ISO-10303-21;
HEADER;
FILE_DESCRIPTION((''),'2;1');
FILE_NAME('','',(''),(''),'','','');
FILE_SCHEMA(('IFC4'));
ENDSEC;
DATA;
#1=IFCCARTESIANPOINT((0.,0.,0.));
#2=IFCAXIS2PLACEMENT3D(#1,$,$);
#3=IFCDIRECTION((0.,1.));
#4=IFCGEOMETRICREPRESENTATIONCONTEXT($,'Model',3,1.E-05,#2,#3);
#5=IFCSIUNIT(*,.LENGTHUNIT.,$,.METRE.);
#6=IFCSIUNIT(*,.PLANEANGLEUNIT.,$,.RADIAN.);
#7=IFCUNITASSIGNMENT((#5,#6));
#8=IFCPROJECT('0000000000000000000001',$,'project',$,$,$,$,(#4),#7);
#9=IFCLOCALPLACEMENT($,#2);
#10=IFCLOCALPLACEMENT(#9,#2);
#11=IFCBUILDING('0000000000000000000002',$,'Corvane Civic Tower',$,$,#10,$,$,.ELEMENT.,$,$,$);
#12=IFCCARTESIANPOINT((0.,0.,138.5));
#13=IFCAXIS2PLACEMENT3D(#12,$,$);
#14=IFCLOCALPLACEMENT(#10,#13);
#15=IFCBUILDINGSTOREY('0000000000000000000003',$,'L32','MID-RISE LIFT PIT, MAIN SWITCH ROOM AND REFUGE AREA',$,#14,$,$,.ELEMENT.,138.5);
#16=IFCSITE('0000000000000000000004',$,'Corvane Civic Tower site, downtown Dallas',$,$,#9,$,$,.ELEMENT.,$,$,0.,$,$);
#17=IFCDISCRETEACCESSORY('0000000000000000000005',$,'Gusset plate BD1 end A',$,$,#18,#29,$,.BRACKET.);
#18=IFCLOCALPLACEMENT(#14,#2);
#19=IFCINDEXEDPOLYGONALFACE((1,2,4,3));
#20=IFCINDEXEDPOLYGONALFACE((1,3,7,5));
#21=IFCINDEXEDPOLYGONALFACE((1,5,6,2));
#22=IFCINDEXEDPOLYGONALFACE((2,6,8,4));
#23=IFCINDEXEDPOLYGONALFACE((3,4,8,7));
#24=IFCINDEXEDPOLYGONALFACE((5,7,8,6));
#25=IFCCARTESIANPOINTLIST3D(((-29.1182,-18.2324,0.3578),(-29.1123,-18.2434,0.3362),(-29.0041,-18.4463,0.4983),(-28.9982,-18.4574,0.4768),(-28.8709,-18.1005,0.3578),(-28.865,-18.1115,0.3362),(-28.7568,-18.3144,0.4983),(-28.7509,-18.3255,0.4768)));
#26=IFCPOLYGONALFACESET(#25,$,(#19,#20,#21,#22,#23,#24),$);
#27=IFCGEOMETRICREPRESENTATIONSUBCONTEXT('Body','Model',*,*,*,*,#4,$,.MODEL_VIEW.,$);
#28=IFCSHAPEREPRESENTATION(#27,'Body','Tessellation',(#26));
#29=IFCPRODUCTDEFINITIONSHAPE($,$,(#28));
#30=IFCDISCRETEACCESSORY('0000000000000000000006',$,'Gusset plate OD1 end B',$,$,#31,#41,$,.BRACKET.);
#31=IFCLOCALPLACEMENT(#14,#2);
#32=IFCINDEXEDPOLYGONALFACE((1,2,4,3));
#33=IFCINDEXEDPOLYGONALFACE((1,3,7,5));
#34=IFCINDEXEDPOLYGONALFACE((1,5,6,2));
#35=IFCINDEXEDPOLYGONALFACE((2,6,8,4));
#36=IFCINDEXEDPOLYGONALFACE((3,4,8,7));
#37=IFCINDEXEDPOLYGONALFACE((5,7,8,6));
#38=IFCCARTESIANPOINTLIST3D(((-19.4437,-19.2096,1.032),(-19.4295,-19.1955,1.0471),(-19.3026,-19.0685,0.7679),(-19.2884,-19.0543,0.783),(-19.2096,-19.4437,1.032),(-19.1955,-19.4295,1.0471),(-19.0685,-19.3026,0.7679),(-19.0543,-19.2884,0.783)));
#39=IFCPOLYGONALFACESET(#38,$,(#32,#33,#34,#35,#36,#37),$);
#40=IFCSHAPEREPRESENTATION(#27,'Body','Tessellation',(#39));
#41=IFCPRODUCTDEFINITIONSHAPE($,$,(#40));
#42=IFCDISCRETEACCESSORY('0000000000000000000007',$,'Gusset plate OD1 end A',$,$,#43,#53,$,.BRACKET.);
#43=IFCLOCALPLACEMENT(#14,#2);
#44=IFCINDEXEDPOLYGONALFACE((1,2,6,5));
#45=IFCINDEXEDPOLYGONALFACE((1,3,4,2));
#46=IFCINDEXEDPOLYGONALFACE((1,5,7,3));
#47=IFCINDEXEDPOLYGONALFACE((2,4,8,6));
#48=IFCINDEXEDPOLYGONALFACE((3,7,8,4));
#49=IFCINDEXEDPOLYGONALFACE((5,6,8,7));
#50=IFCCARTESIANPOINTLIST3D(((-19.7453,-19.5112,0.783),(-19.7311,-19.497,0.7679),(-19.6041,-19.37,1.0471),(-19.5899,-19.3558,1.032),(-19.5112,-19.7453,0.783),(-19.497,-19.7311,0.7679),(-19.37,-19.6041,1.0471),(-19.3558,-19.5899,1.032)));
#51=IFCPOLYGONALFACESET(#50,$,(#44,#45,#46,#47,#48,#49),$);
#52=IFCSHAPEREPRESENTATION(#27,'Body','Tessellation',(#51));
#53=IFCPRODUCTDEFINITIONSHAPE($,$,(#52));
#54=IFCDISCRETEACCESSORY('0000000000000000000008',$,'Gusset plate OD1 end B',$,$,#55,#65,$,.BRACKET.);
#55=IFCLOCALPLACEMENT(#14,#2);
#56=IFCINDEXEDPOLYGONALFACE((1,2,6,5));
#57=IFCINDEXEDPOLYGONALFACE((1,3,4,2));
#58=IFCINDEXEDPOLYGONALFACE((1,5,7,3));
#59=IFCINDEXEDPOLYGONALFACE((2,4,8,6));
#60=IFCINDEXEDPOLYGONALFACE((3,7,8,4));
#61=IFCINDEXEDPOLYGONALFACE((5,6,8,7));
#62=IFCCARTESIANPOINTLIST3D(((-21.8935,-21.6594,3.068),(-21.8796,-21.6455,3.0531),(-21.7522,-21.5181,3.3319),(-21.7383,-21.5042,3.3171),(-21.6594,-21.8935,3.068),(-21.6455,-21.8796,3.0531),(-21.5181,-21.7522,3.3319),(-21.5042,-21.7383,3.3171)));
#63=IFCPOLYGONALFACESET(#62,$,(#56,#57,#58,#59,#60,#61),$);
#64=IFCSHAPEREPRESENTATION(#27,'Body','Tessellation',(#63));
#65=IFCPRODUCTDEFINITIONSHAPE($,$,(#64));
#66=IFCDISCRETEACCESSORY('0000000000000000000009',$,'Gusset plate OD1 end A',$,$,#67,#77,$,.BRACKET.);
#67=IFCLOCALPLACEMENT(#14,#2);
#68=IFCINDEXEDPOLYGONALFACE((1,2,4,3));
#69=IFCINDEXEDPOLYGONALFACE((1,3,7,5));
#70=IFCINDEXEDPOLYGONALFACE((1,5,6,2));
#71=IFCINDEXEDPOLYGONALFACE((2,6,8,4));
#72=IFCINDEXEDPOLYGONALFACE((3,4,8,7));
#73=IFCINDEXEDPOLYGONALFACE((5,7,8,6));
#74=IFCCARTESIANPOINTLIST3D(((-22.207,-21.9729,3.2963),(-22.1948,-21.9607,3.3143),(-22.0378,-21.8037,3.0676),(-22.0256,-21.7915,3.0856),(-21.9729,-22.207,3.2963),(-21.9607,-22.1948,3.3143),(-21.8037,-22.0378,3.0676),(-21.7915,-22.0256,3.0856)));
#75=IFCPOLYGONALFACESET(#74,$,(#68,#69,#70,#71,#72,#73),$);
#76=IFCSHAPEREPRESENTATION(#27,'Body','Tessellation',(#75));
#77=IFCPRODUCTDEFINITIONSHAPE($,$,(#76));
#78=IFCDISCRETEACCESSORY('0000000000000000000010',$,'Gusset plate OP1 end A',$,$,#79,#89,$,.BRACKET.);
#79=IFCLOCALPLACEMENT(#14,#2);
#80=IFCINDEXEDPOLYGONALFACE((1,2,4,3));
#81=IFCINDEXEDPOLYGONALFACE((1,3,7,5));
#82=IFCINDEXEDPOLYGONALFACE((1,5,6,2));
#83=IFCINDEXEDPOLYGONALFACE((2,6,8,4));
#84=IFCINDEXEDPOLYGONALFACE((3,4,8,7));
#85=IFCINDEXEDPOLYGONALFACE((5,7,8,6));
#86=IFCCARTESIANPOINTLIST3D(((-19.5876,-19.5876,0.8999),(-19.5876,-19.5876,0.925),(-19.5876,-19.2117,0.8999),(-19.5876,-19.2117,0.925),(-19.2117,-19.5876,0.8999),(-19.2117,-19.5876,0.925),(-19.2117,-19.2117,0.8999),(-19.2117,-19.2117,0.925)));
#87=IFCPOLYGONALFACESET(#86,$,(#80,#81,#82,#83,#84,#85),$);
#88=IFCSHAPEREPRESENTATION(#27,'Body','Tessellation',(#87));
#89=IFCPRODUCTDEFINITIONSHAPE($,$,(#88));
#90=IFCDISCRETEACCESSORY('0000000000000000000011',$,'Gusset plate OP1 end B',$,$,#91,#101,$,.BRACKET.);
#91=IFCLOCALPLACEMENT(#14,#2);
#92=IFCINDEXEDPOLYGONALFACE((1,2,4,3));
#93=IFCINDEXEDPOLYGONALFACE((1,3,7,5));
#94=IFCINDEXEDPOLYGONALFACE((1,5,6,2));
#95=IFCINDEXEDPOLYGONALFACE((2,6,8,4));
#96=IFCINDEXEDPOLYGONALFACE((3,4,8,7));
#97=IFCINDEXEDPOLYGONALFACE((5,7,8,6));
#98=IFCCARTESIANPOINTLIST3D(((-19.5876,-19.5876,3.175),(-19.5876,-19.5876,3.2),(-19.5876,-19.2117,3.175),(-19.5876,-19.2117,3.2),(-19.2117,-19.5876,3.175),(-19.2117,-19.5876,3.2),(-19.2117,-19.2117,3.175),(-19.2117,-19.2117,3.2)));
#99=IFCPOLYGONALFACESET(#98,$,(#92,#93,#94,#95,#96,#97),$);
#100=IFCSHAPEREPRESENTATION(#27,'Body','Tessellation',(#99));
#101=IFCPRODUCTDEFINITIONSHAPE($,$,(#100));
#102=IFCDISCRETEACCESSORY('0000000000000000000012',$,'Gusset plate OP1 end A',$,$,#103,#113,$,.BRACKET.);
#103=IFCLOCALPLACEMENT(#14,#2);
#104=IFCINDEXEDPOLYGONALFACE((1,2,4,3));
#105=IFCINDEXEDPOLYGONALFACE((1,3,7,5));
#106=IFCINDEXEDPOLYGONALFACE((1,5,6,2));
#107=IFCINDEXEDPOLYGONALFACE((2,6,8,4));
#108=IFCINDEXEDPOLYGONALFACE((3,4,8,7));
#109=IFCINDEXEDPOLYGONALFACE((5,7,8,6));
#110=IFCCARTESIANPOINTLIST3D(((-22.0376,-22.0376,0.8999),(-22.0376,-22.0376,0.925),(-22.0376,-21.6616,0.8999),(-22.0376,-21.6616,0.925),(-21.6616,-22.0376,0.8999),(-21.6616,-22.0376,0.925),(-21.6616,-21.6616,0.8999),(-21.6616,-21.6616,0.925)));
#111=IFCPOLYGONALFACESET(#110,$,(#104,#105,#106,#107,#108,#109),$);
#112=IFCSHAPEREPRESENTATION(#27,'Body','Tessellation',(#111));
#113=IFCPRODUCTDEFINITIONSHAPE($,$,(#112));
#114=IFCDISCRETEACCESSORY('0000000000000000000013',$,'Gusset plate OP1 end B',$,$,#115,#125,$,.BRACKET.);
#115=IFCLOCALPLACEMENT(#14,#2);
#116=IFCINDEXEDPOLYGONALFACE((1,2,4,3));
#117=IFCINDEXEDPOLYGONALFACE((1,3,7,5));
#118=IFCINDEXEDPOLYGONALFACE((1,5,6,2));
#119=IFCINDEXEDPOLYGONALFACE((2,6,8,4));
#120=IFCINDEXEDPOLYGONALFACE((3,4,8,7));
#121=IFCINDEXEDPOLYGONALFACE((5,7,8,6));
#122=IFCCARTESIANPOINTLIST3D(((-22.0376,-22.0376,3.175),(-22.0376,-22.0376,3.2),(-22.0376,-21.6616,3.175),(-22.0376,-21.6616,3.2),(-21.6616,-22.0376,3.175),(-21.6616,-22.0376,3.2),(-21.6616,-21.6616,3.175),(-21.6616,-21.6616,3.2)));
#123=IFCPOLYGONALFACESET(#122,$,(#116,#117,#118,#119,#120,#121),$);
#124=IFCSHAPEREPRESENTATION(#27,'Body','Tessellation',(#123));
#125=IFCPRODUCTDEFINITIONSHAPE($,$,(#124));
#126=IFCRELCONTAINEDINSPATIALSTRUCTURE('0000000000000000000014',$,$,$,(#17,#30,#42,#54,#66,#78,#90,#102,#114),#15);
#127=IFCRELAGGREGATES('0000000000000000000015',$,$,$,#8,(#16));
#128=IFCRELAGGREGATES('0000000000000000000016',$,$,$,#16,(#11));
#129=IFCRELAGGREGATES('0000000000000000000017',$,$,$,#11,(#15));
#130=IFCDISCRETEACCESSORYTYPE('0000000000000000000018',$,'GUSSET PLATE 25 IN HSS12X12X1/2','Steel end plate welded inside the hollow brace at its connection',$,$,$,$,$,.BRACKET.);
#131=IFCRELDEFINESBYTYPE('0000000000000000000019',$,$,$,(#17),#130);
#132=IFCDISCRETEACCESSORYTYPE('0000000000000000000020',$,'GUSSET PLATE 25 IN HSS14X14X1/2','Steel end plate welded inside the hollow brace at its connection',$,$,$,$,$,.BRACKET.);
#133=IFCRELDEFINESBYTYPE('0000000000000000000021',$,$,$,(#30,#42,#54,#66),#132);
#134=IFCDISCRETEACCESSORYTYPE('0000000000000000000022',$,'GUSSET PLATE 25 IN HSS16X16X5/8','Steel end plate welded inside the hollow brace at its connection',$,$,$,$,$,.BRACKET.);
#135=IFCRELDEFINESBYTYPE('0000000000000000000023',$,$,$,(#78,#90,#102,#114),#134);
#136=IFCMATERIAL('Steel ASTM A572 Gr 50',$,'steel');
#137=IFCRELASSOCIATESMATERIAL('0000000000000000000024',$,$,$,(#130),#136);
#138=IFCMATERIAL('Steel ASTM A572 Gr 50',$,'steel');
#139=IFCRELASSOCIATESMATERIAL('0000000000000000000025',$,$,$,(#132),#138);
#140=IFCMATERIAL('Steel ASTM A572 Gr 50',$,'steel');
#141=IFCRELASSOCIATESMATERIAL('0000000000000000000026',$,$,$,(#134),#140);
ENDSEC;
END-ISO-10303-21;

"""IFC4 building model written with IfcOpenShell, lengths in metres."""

from ifc_helpers import new_model, si_unit, direction, frame, origin, origin_2d, place, context, subcontext, project, spatial, rectangle, extrude, material, material_profile, profile_set, type_object, element, save


model = new_model("IFC4")

# Units and contexts
model_context = context("Model", 3, precision=1e-05, world=origin(), true_north=direction((0.0, 1.0)))
body_context = subcontext(model_context, "Body", "Model", "MODEL_VIEW")
ifc_project = project(units=[si_unit("LENGTHUNIT", "METRE"), si_unit("PLANEANGLEUNIT", "RADIAN")], contexts=[model_context])

# Site, building, storey
site_placement = place(None, origin())
site = spatial("IfcSite", under=ifc_project, at=site_placement, Name="Corvane Civic Tower site, downtown Dallas", CompositionType="ELEMENT", RefElevation=0.0)
building_placement = place(site_placement, origin())
building = spatial("IfcBuilding", under=site, at=building_placement, Name="Corvane Civic Tower", CompositionType="ELEMENT")
storey_placement = place(building_placement, frame((0.0, 0.0, 138.5)))
storey = spatial("IfcBuildingStorey", under=building, at=storey_placement, Name="L32", Description="MID-RISE LIFT PIT, MAIN SWITCH ROOM AND REFUGE AREA", CompositionType="ELEMENT", Elevation=138.5)

# Discrete accessories
ifc_material_1 = material(Name="Steel ASTM A572 Gr 50", Category="steel")
ifc_material_profile_1 = material_profile(ifc_material_1, rectangle(XDim=0.2803, YDim=0.2803, at=origin_2d()), Name="GUSSET PLATE 25 IN HSS12X12X1/2")
ifc_profile_set_1 = profile_set([ifc_material_profile_1], Name="Steel ASTM A572 Gr 50")
discrete_accessory_type_1 = type_object("IfcDiscreteAccessoryType", Name="GUSSET PLATE 25 IN HSS12X12X1/2", Description="Steel end plate welded inside the hollow brace at its connection", PredefinedType="BRACKET", material=ifc_profile_set_1)
discrete_accessory_1_placement = place(storey_placement, frame((-28.9316, -18.2844, 0.4065), z_axis=(-0.235964, 0.442433, 0.865202), x_axis=(-0.882353, -0.470588, 0.0)))
element("IfcDiscreteAccessory", 1, at=discrete_accessory_1_placement, inside=storey, type_object=discrete_accessory_type_1, Name="Gusset plate BD1 end A", PredefinedType="BRACKET", context=body_context, shape_type="SweptSolid", body=[
    extrude(rectangle(XDim=0.2803, YDim=0.2803, at=origin_2d()), origin(), (0.0, 0.0, 1.0), 0.0249),
])
ifc_material_2 = material(Name="Steel ASTM A572 Gr 50", Category="steel")
ifc_material_profile_2 = material_profile(ifc_material_2, rectangle(XDim=0.3311, YDim=0.3311, at=origin_2d()), Name="GUSSET PLATE 25 IN HSS14X14X1/2")
ifc_profile_set_2 = profile_set([ifc_material_profile_2], Name="Steel ASTM A572 Gr 50")
discrete_accessory_type_2 = type_object("IfcDiscreteAccessoryType", Name="GUSSET PLATE 25 IN HSS14X14X1/2", Description="Steel end plate welded inside the hollow brace at its connection", PredefinedType="BRACKET", material=ifc_profile_set_2)
for number, where, z_axis, x_axis, name in (
    (2, (-19.2561, -19.2561, 0.8999), (0.564091, 0.564091, 0.602994), (-0.707107, 0.707107, 0.0), "Gusset plate OD1 end B"),
    (3, (-19.5435, -19.5435, 0.8999), (-0.564091, -0.564091, 0.602994), (0.707107, -0.707107, 0.0), "Gusset plate OD1 end A"),
):
    element("IfcDiscreteAccessory", number, at=place(storey_placement, frame(where, z_axis=z_axis, x_axis=x_axis)), inside=storey, type_object=discrete_accessory_type_2, Name=name, PredefinedType="BRACKET", context=body_context, shape_type="SweptSolid", body=[
        extrude(rectangle(XDim=0.3311, YDim=0.3311, at=origin_2d()), origin(), (0.0, 0.0, 1.0), 0.0251),
    ])
discrete_accessory_2_placement = place(storey_placement, frame((-21.7058, -21.7058, 3.2), z_axis=(0.563859, 0.563859, -0.603428), x_axis=(-0.707107, 0.707107, 0.0)))
element("IfcDiscreteAccessory", 4, at=discrete_accessory_2_placement, inside=storey, type_object=discrete_accessory_type_2, Name="Gusset plate OD1 end B", PredefinedType="BRACKET", context=body_context, shape_type="SweptSolid", body=[
    extrude(rectangle(XDim=0.3311, YDim=0.3311, at=origin_2d()), origin(), (0.0, 0.0, 1.0), 0.0247),
])
discrete_accessory_3_placement = place(storey_placement, frame((-21.9932, -21.9932, 3.2), z_axis=(-0.488509, -0.488509, -0.722993), x_axis=(0.707107, -0.707107, 0.0)))
element("IfcDiscreteAccessory", 5, at=discrete_accessory_3_placement, inside=storey, type_object=discrete_accessory_type_2, Name="Gusset plate OD1 end A", PredefinedType="BRACKET", context=body_context, shape_type="SweptSolid", body=[
    extrude(rectangle(XDim=0.3311, YDim=0.3311, at=origin_2d()), origin(), (0.0, 0.0, 1.0), 0.0249),
])
ifc_material_3 = material(Name="Steel ASTM A572 Gr 50", Category="steel")
ifc_material_profile_3 = material_profile(ifc_material_3, rectangle(XDim=0.376, YDim=0.376, at=origin_2d()), Name="GUSSET PLATE 25 IN HSS16X16X5/8")
ifc_profile_set_3 = profile_set([ifc_material_profile_3], Name="Steel ASTM A572 Gr 50")
discrete_accessory_type_3 = type_object("IfcDiscreteAccessoryType", Name="GUSSET PLATE 25 IN HSS16X16X5/8", Description="Steel end plate welded inside the hollow brace at its connection", PredefinedType="BRACKET", material=ifc_profile_set_3)
discrete_accessory_4_placement = place(storey_placement, frame((-19.3997, -19.3997, 0.8999), z_axis=(0.0, 0.0, 1.0), x_axis=(1.0, 0.0, 0.0)))
element("IfcDiscreteAccessory", 6, at=discrete_accessory_4_placement, inside=storey, type_object=discrete_accessory_type_3, Name="Gusset plate OP1 end A", PredefinedType="BRACKET", context=body_context, shape_type="SweptSolid", body=[
    extrude(rectangle(XDim=0.376, YDim=0.376, at=origin_2d()), origin(), (0.0, 0.0, 1.0), 0.0251),
])
discrete_accessory_5_placement = place(storey_placement, frame((-19.3997, -19.3997, 3.2), z_axis=(0.0, 0.0, -1.0), x_axis=(1.0, 0.0, 0.0)))
element("IfcDiscreteAccessory", 7, at=discrete_accessory_5_placement, inside=storey, type_object=discrete_accessory_type_3, Name="Gusset plate OP1 end B", PredefinedType="BRACKET", context=body_context, shape_type="SweptSolid", body=[
    extrude(rectangle(XDim=0.376, YDim=0.376, at=origin_2d()), origin(), (0.0, 0.0, 1.0), 0.0249),
])
discrete_accessory_6_placement = place(storey_placement, frame((-21.8496, -21.8496, 0.8999), z_axis=(0.0, 0.0, 1.0), x_axis=(1.0, 0.0, 0.0)))
element("IfcDiscreteAccessory", 8, at=discrete_accessory_6_placement, inside=storey, type_object=discrete_accessory_type_3, Name="Gusset plate OP1 end A", PredefinedType="BRACKET", context=body_context, shape_type="SweptSolid", body=[
    extrude(rectangle(XDim=0.376, YDim=0.376, at=origin_2d()), origin(), (0.0, 0.0, 1.0), 0.0251),
])
discrete_accessory_7_placement = place(storey_placement, frame((-21.8496, -21.8496, 3.2), z_axis=(0.0, 0.0, -1.0), x_axis=(1.0, 0.0, 0.0)))
element("IfcDiscreteAccessory", 9, at=discrete_accessory_7_placement, inside=storey, type_object=discrete_accessory_type_3, Name="Gusset plate OP1 end B", PredefinedType="BRACKET", context=body_context, shape_type="SweptSolid", body=[
    extrude(rectangle(XDim=0.376, YDim=0.376, at=origin_2d()), origin(), (0.0, 0.0, 1.0), 0.0249),
])

save(model, "model.ifc")
